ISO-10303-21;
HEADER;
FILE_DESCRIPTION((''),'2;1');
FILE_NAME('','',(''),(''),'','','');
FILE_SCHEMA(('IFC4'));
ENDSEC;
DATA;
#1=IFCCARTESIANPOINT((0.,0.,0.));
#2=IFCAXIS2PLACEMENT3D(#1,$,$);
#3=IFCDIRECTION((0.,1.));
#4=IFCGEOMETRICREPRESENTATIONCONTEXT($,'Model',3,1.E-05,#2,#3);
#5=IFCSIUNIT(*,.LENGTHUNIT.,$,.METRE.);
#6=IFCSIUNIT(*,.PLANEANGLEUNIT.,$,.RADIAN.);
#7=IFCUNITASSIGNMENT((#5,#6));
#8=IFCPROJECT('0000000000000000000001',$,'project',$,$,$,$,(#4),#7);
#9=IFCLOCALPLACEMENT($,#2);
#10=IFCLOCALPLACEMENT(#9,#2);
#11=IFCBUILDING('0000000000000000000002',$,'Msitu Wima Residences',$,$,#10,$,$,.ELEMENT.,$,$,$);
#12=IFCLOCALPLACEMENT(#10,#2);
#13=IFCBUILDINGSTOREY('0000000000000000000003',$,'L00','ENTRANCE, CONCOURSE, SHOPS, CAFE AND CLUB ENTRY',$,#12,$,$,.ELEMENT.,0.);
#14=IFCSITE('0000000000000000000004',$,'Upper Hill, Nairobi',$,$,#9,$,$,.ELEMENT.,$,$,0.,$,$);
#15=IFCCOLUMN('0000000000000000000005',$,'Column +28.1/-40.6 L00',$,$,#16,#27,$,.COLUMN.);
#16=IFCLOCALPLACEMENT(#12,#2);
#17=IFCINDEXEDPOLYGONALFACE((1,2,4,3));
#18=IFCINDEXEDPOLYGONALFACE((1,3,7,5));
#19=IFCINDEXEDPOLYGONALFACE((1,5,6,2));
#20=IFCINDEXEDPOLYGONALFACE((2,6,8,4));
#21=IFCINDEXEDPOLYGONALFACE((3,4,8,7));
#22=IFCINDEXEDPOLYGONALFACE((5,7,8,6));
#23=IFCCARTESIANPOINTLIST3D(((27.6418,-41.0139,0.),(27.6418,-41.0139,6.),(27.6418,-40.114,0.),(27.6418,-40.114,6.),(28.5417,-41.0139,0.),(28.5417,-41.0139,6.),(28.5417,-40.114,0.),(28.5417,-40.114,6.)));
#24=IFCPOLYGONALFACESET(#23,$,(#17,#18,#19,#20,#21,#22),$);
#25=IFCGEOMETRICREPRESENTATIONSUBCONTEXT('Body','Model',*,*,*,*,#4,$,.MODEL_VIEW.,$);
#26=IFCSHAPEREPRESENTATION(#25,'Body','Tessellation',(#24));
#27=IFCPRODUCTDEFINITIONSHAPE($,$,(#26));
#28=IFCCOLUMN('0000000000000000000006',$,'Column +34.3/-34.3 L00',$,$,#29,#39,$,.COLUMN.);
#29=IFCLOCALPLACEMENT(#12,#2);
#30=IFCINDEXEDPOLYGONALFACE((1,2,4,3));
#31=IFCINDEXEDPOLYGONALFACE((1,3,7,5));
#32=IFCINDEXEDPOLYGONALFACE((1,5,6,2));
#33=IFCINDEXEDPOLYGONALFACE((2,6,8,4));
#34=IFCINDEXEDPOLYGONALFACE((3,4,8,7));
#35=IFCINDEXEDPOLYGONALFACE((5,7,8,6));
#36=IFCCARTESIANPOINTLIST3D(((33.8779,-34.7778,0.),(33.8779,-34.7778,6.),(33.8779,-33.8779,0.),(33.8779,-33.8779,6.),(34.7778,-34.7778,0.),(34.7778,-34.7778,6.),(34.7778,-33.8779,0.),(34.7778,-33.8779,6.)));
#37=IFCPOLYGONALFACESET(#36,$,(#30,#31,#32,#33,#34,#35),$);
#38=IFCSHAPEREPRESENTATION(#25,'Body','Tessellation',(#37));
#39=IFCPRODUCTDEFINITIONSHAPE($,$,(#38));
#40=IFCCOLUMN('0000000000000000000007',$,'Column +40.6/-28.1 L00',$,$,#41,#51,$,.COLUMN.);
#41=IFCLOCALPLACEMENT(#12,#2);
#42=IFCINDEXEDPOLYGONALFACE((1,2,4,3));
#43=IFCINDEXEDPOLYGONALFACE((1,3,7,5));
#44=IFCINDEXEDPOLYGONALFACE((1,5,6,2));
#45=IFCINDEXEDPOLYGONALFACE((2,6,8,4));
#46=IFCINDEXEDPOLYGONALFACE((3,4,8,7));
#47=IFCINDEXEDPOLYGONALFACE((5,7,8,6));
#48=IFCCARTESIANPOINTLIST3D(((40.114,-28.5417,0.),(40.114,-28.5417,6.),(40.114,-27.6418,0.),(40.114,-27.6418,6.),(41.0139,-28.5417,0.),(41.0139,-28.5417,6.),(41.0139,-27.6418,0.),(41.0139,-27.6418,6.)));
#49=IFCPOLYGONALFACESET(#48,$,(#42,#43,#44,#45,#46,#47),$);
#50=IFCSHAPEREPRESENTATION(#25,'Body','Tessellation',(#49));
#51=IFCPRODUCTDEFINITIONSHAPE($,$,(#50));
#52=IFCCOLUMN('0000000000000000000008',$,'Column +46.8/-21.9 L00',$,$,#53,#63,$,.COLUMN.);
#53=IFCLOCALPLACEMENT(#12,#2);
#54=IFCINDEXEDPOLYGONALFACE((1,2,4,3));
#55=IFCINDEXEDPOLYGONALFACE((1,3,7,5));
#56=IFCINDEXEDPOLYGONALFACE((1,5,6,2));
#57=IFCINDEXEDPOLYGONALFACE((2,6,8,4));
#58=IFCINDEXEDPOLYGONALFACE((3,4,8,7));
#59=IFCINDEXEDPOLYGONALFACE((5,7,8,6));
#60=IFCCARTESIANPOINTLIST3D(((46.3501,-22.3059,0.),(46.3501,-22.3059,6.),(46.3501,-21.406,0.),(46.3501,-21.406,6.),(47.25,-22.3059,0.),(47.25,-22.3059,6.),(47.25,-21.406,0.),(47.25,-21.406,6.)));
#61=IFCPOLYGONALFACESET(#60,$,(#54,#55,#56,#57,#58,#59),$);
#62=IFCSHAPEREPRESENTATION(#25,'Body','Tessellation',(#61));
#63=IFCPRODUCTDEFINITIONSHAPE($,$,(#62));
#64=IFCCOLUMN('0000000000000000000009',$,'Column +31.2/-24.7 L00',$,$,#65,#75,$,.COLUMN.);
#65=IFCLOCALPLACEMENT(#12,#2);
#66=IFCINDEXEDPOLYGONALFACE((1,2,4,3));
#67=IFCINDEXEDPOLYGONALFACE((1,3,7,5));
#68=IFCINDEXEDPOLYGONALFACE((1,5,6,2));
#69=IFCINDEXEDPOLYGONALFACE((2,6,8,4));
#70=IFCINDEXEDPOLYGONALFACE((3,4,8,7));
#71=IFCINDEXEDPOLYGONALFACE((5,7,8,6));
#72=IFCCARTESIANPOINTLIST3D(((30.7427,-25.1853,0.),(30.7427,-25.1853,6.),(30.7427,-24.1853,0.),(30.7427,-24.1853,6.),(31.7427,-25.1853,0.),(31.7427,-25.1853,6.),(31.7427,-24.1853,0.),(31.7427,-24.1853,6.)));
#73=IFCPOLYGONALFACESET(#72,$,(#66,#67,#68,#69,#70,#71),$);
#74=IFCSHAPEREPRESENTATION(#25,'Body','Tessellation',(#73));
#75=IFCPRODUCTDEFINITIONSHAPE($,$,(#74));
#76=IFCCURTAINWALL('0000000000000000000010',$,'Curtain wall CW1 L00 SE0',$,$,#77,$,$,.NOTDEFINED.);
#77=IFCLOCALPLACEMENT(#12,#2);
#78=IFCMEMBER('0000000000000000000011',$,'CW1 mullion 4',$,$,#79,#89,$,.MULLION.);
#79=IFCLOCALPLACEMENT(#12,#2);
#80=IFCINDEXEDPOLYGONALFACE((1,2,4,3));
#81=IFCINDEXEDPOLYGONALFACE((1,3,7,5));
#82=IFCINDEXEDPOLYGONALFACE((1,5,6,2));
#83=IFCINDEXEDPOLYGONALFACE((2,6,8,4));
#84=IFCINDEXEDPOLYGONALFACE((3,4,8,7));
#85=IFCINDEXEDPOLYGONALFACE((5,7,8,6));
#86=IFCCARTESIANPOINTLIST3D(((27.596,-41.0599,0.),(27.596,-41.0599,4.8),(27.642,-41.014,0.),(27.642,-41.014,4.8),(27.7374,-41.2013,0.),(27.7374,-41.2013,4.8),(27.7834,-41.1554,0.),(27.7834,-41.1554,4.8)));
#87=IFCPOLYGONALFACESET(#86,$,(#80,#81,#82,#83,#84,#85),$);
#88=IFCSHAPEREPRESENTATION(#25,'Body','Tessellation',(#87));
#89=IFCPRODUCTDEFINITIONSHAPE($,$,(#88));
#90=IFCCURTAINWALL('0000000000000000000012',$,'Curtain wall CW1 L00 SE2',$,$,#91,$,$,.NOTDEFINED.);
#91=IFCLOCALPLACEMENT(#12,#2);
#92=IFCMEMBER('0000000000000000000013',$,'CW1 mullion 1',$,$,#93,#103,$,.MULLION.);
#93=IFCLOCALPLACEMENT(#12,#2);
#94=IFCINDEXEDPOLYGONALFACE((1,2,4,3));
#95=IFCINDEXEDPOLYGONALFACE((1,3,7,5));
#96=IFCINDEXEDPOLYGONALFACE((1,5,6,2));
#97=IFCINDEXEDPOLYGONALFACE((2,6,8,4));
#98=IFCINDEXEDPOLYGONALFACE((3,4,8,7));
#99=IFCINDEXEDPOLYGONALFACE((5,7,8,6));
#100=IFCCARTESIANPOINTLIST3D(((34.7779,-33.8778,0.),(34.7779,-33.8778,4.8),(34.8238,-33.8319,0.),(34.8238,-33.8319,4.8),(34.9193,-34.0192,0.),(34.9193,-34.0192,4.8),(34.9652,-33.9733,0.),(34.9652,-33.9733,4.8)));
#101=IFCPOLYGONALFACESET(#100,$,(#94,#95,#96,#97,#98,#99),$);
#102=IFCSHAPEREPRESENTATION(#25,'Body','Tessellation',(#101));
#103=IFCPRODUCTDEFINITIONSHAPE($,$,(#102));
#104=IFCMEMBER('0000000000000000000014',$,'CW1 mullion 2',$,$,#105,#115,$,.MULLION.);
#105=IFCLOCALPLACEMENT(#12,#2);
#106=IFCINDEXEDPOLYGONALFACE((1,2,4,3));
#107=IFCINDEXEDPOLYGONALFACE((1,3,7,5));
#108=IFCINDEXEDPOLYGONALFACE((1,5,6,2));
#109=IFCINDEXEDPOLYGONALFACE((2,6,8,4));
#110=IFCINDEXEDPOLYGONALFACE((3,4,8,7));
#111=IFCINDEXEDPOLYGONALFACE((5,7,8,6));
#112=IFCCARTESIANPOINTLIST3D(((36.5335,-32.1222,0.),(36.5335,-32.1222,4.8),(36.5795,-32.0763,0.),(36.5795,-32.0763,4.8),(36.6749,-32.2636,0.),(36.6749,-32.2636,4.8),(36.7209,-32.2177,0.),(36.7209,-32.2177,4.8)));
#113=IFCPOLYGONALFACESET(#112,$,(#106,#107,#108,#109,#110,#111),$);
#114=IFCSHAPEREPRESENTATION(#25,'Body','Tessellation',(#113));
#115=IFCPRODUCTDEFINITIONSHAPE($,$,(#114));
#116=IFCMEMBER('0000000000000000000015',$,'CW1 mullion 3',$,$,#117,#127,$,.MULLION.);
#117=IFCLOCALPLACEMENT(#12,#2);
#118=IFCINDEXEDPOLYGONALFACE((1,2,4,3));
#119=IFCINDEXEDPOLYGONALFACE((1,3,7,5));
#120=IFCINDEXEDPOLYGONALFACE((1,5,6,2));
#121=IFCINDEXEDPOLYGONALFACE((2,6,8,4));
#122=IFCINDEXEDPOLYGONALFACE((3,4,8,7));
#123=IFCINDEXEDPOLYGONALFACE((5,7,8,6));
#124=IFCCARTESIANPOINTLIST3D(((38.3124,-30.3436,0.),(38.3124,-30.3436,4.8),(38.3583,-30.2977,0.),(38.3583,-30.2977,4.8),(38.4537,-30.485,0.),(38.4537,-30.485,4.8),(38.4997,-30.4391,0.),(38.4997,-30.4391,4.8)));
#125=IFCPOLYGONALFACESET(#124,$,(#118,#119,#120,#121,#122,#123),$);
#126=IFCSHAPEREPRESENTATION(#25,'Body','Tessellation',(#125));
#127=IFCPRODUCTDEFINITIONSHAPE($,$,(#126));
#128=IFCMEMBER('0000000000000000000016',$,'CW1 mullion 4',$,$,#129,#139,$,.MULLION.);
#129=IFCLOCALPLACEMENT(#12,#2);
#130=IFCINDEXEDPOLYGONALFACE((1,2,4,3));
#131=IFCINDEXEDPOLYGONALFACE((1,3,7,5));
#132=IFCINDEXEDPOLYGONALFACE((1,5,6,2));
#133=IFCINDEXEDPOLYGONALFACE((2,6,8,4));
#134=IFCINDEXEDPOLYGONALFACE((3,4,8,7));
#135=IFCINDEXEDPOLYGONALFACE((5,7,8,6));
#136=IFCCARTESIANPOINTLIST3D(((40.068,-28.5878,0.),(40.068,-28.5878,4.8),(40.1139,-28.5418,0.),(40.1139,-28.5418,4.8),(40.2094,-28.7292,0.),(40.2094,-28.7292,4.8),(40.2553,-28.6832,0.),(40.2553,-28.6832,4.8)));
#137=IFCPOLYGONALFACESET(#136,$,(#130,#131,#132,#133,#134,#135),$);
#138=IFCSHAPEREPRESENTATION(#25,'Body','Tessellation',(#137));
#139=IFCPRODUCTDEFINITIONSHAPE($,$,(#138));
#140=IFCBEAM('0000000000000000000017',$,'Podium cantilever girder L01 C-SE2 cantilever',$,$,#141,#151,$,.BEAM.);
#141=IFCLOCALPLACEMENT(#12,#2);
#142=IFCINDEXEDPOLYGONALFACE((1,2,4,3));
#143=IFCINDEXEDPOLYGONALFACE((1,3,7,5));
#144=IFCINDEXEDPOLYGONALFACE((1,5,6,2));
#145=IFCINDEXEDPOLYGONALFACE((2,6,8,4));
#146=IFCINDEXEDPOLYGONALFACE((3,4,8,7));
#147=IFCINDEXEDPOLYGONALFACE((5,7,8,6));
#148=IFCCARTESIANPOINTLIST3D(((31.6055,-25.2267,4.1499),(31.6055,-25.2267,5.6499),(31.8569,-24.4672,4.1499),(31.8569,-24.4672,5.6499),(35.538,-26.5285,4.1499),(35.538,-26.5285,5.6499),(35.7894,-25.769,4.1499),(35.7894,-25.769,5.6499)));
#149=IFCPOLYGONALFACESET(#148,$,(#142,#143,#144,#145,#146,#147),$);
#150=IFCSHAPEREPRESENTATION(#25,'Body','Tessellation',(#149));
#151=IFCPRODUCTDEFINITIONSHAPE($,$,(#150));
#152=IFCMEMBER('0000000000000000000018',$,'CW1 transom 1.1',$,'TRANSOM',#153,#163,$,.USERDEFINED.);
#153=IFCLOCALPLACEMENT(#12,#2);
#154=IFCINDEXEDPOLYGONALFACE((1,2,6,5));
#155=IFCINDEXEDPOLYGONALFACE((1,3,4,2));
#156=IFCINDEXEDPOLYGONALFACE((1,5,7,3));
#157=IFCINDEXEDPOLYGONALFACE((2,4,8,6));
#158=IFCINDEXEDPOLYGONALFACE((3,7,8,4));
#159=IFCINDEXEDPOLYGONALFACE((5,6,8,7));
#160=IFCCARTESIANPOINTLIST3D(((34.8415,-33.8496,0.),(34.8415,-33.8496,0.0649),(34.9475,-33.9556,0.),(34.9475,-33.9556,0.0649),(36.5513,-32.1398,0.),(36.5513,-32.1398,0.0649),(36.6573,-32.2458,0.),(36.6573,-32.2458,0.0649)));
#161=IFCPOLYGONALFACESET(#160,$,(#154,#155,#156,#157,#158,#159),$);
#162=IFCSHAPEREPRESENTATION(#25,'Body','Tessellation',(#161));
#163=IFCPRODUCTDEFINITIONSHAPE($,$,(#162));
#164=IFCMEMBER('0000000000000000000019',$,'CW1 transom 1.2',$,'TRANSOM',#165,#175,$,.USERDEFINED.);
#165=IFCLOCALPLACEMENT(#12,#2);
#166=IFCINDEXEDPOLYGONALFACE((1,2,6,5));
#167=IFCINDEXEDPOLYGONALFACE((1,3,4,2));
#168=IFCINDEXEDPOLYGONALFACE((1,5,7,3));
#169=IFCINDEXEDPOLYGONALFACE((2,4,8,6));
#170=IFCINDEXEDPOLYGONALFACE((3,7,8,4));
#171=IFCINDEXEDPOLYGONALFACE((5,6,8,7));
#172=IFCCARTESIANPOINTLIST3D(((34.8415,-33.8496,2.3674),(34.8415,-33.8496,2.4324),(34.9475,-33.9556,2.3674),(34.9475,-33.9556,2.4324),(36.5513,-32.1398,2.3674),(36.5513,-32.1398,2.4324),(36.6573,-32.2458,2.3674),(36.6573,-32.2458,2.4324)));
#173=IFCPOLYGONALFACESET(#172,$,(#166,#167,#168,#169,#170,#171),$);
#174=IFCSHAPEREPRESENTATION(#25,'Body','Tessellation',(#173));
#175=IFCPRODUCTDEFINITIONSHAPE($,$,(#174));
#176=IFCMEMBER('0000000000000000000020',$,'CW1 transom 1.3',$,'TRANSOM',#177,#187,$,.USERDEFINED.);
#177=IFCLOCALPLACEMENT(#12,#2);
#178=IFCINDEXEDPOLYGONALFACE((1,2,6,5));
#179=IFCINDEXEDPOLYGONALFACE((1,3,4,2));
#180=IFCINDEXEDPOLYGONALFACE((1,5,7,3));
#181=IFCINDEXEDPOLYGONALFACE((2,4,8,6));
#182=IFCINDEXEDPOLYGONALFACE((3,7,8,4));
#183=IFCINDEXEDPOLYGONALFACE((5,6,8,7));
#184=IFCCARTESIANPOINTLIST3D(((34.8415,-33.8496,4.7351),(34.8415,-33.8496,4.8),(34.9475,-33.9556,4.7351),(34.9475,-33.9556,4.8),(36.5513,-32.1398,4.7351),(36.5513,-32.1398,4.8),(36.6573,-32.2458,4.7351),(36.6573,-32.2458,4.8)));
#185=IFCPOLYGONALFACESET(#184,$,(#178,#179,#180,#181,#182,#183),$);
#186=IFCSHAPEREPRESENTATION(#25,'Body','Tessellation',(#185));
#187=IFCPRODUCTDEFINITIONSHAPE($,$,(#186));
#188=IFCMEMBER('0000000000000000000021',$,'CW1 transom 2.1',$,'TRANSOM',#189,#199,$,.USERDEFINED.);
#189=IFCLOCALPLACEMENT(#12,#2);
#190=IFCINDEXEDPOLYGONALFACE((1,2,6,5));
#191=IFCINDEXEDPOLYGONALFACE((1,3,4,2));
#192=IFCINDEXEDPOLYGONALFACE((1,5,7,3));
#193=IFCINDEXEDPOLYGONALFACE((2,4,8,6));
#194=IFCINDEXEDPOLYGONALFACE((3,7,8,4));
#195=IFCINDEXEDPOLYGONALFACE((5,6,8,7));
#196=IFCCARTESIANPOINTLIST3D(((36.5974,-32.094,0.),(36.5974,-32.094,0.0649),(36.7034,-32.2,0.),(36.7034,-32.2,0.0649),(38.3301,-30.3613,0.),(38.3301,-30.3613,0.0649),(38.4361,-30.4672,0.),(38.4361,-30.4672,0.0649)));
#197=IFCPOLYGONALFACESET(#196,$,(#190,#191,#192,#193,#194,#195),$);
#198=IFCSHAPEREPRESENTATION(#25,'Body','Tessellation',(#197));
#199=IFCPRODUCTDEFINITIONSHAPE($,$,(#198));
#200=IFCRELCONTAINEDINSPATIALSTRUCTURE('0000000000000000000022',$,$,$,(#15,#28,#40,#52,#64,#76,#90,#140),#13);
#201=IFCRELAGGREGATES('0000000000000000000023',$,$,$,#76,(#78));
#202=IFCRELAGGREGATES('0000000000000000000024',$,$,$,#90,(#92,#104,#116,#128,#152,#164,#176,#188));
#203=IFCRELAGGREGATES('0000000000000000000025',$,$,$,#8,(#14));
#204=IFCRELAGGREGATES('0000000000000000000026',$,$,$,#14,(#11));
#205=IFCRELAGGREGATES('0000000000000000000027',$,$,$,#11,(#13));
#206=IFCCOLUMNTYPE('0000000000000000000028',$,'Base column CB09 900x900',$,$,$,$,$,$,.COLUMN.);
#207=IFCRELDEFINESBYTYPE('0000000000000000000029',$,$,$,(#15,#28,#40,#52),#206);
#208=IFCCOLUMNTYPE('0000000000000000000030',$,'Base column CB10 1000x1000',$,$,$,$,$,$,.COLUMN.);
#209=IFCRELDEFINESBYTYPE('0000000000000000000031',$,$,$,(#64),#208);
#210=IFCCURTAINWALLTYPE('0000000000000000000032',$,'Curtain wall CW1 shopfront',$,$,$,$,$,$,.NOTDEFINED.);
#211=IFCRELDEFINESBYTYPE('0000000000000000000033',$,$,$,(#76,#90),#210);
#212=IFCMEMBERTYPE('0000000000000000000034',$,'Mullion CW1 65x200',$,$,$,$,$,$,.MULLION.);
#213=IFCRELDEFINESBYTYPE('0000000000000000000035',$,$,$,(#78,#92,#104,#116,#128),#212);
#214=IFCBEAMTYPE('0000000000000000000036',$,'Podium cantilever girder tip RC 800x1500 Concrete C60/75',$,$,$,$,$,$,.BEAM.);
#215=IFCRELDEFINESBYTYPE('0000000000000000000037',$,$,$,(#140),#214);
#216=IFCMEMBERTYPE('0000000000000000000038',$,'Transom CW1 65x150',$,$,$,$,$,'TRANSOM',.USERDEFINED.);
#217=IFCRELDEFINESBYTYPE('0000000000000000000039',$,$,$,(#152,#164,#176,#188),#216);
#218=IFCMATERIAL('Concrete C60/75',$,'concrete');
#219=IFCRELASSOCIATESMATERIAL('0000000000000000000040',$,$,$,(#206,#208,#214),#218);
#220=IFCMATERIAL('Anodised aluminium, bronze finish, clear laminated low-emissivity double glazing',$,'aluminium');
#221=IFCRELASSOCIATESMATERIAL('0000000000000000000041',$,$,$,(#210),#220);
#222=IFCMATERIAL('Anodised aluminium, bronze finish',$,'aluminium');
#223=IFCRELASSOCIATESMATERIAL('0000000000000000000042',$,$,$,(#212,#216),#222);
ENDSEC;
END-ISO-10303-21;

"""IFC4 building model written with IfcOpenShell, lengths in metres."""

from ifc_helpers import new_model, si_unit, direction, frame, origin, origin_2d, place, context, subcontext, project, spatial, rectangle, extrude, material, material_profile, profile_set, type_object, element, aggregate, save


model = new_model("IFC4")

# Units and contexts
model_context = context("Model", 3, precision=1e-05, world=origin(), true_north=direction((0.0, 1.0)))
body_context = subcontext(model_context, "Body", "Model", "MODEL_VIEW")
ifc_project = project(units=[si_unit("LENGTHUNIT", "METRE"), si_unit("PLANEANGLEUNIT", "RADIAN")], contexts=[model_context])

# Site, building, storey
site_placement = place(None, origin())
site = spatial("IfcSite", under=ifc_project, at=site_placement, Name="Upper Hill, Nairobi", CompositionType="ELEMENT", RefElevation=0.0)
building_placement = place(site_placement, origin())
building = spatial("IfcBuilding", under=site, at=building_placement, Name="Msitu Wima Residences", CompositionType="ELEMENT")
storey_placement = place(building_placement, origin())
storey = spatial("IfcBuildingStorey", under=building, at=storey_placement, Name="L00", Description="ENTRANCE, CONCOURSE, SHOPS, CAFE AND CLUB ENTRY", CompositionType="ELEMENT", Elevation=0.0)

# Columns
ifc_material_1 = material(Name="Concrete C60/75", Category="concrete")
ifc_material_profile_1 = material_profile(ifc_material_1, rectangle(XDim=0.8999, YDim=0.8999, at=origin_2d()), Name="RC 900x900")
ifc_profile_set_1 = profile_set([ifc_material_profile_1], Name="Concrete C60/75")
column_type_1 = type_object("IfcColumnType", Name="Base column CB09 900x900", PredefinedType="COLUMN", material=ifc_profile_set_1)
for number, where, z_axis, x_axis, name in (
    (1, (28.0918, -40.564, 0.0), (0.0, 0.0, 1.0), (1.0, 0.0, 0.0), "Column +28.1/-40.6 L00"),
    (2, (34.3279, -34.3279, 0.0), (0.0, 0.0, 1.0), (1.0, 0.0, 0.0), "Column +34.3/-34.3 L00"),
    (3, (40.564, -28.0918, 0.0), (0.0, 0.0, 1.0), (1.0, 0.0, 0.0), "Column +40.6/-28.1 L00"),
    (4, (46.8, -21.856, 0.0), (0.0, 0.0, 1.0), (1.0, 0.0, 0.0), "Column +46.8/-21.9 L00"),
):
    element("IfcColumn", number, at=place(storey_placement, frame(where, z_axis=z_axis, x_axis=x_axis)), inside=storey, type_object=column_type_1, Name=name, PredefinedType="COLUMN", context=body_context, shape_type="SweptSolid", body=[
        extrude(rectangle(XDim=0.8999, YDim=0.8999, at=origin_2d()), origin(), (0.0, 0.0, 1.0), 6.0),
    ])
ifc_material_profile_2 = material_profile(ifc_material_1, rectangle(XDim=1.0, YDim=1.0, at=origin_2d()), Name="RC 1000x1000")
ifc_profile_set_2 = profile_set([ifc_material_profile_2], Name="Concrete C60/75")
column_type_2 = type_object("IfcColumnType", Name="Base column CB10 1000x1000", PredefinedType="COLUMN", material=ifc_profile_set_2)
column_placement = place(storey_placement, frame((31.2427, -24.6853, 0.0), z_axis=(0.0, 0.0, 1.0), x_axis=(1.0, 0.0, 0.0)))
element("IfcColumn", 5, at=column_placement, inside=storey, type_object=column_type_2, Name="Column +31.2/-24.7 L00", PredefinedType="COLUMN", context=body_context, shape_type="SweptSolid", body=[
    extrude(rectangle(XDim=1.0, YDim=1.0, at=origin_2d()), origin(), (0.0, 0.0, 1.0), 6.0),
])

# Curtain wall, member
ifc_material_2 = material(Name="Anodised aluminium, bronze finish, clear laminated low-emissivity double glazing", Category="aluminium")
curtain_wall_type = type_object("IfcCurtainWallType", Name="Curtain wall CW1 shopfront", PredefinedType="NOTDEFINED", material=ifc_material_2)
curtain_wall_1_placement = place(storey_placement, origin())
curtain_wall_1 = element("IfcCurtainWall", 6, at=curtain_wall_1_placement, inside=storey, type_object=curtain_wall_type, Name="Curtain wall CW1 L00 SE0", PredefinedType="NOTDEFINED")
ifc_material_3 = material(Name="Anodised aluminium, bronze finish", Category="aluminium")
ifc_material_profile_3 = material_profile(ifc_material_3, rectangle(XDim=0.2, YDim=0.0649, at=origin_2d()), Name="Mullion 65x200")
ifc_profile_set_3 = profile_set([ifc_material_profile_3], Name="Anodised aluminium, bronze finish")
member_type_1 = type_object("IfcMemberType", Name="Mullion CW1 65x200", PredefinedType="MULLION", material=ifc_profile_set_3)
member_1_placement = place(storey_placement, frame((27.6897, -41.1077, 0.0), z_axis=(0.0, 0.0, 1.0), x_axis=(-0.707107, 0.707107, 0.0)))
member_1 = element("IfcMember", 7, at=member_1_placement, type_object=member_type_1, Name="CW1 mullion 4", PredefinedType="MULLION", context=body_context, shape_type="SweptSolid", body=[
    extrude(rectangle(XDim=0.2, YDim=0.0649, at=origin_2d()), origin(), (0.0, 0.0, 1.0), 4.8),
])

# Curtain wall, members
curtain_wall_2_placement = place(storey_placement, origin())
curtain_wall_2 = element("IfcCurtainWall", 8, at=curtain_wall_2_placement, inside=storey, type_object=curtain_wall_type, Name="Curtain wall CW1 L00 SE2", PredefinedType="NOTDEFINED")
member_2_placement = place(storey_placement, frame((34.8716, -33.9255, 0.0), z_axis=(0.0, 0.0, 1.0), x_axis=(-0.707107, 0.707107, 0.0)))
member_2 = element("IfcMember", 9, at=member_2_placement, type_object=member_type_1, Name="CW1 mullion 1", PredefinedType="MULLION", context=body_context, shape_type="SweptSolid", body=[
    extrude(rectangle(XDim=0.2, YDim=0.0649, at=origin_2d()), origin(), (0.0, 0.0, 1.0), 4.8),
])
member_3_placement = place(storey_placement, frame((36.6272, -32.1699, 0.0), z_axis=(0.0, 0.0, 1.0), x_axis=(-0.707107, 0.707107, 0.0)))
member_3 = element("IfcMember", 10, at=member_3_placement, type_object=member_type_1, Name="CW1 mullion 2", PredefinedType="MULLION", context=body_context, shape_type="SweptSolid", body=[
    extrude(rectangle(XDim=0.2, YDim=0.0649, at=origin_2d()), origin(), (0.0, 0.0, 1.0), 4.8),
])
member_4_placement = place(storey_placement, frame((38.406, -30.3914, 0.0), z_axis=(0.0, 0.0, 1.0), x_axis=(-0.707107, 0.707107, 0.0)))
member_4 = element("IfcMember", 11, at=member_4_placement, type_object=member_type_1, Name="CW1 mullion 3", PredefinedType="MULLION", context=body_context, shape_type="SweptSolid", body=[
    extrude(rectangle(XDim=0.2, YDim=0.0649, at=origin_2d()), origin(), (0.0, 0.0, 1.0), 4.8),
])
member_5_placement = place(storey_placement, frame((40.1616, -28.6355, 0.0), z_axis=(0.0, 0.0, 1.0), x_axis=(-0.707107, 0.707107, 0.0)))
member_5 = element("IfcMember", 12, at=member_5_placement, type_object=member_type_1, Name="CW1 mullion 4", PredefinedType="MULLION", context=body_context, shape_type="SweptSolid", body=[
    extrude(rectangle(XDim=0.2, YDim=0.0649, at=origin_2d()), origin(), (0.0, 0.0, 1.0), 4.8),
])

# Beam
ifc_material_profile_4 = material_profile(ifc_material_1, rectangle(XDim=0.8, YDim=1.5, at=origin_2d()), Name="RC 800x1500")
ifc_profile_set_4 = profile_set([ifc_material_profile_4], Name="Concrete C60/75")
beam_type = type_object("IfcBeamType", Name="Podium cantilever girder tip RC 800x1500 Concrete C60/75", PredefinedType="BEAM", material=ifc_profile_set_4)
beam_placement = place(storey_placement, frame((31.7312, -24.8469, 4.8999), z_axis=(0.949335, -0.314264, 0.0), x_axis=(0.314264, 0.949335, 0.0)))
element("IfcBeam", 13, at=beam_placement, inside=storey, type_object=beam_type, Name="Podium cantilever girder L01 C-SE2 cantilever", PredefinedType="BEAM", context=body_context, shape_type="SweptSolid", body=[
    extrude(rectangle(XDim=0.8, YDim=1.5, at=origin_2d()), origin(), (0.0, 0.0, 1.0), 4.1423),
])

# Members
ifc_material_profile_5 = material_profile(ifc_material_3, rectangle(XDim=0.1499, YDim=0.0649, at=origin_2d()), Name="Transom 65x150")
ifc_profile_set_5 = profile_set([ifc_material_profile_5], Name="Anodised aluminium, bronze finish")
member_type_2 = type_object("IfcMemberType", Name="Transom CW1 65x150", ElementType="TRANSOM", PredefinedType="USERDEFINED", material=ifc_profile_set_5)
member_6_placement = place(storey_placement, frame((34.8945, -33.9026, 0.0325), z_axis=(0.707107, 0.707107, 0.0), x_axis=(-0.707107, 0.707107, 0.0)))
member_6 = element("IfcMember", 14, at=member_6_placement, type_object=member_type_2, Name="CW1 transom 1.1", ObjectType="TRANSOM", PredefinedType="USERDEFINED", context=body_context, shape_type="SweptSolid", body=[
    extrude(rectangle(XDim=0.1499, YDim=0.0649, at=origin_2d()), origin(), (0.0, 0.0, 1.0), 2.418),
])
member_7_placement = place(storey_placement, frame((34.8945, -33.9026, 2.3999), z_axis=(0.707107, 0.707107, 0.0), x_axis=(-0.707107, 0.707107, 0.0)))
member_7 = element("IfcMember", 15, at=member_7_placement, type_object=member_type_2, Name="CW1 transom 1.2", ObjectType="TRANSOM", PredefinedType="USERDEFINED", context=body_context, shape_type="SweptSolid", body=[
    extrude(rectangle(XDim=0.1499, YDim=0.0649, at=origin_2d()), origin(), (0.0, 0.0, 1.0), 2.418),
])
member_8_placement = place(storey_placement, frame((34.8945, -33.9026, 4.7676), z_axis=(0.707107, 0.707107, 0.0), x_axis=(-0.707107, 0.707107, 0.0)))
member_8 = element("IfcMember", 16, at=member_8_placement, type_object=member_type_2, Name="CW1 transom 1.3", ObjectType="TRANSOM", PredefinedType="USERDEFINED", context=body_context, shape_type="SweptSolid", body=[
    extrude(rectangle(XDim=0.1499, YDim=0.0649, at=origin_2d()), origin(), (0.0, 0.0, 1.0), 2.418),
])
member_9_placement = place(storey_placement, frame((36.6504, -32.147, 0.0325), z_axis=(0.707107, 0.707107, 0.0), x_axis=(-0.707107, 0.707107, 0.0)))
member_9 = element("IfcMember", 17, at=member_9_placement, type_object=member_type_2, Name="CW1 transom 2.1", ObjectType="TRANSOM", PredefinedType="USERDEFINED", context=body_context, shape_type="SweptSolid", body=[
    extrude(rectangle(XDim=0.1499, YDim=0.0649, at=origin_2d()), origin(), (0.0, 0.0, 1.0), 2.4504),
])

aggregate(curtain_wall_1, [member_1])
aggregate(curtain_wall_2, [member_2, member_3, member_4, member_5, member_6, member_7, member_8, member_9])

save(model, "model.ifc")
